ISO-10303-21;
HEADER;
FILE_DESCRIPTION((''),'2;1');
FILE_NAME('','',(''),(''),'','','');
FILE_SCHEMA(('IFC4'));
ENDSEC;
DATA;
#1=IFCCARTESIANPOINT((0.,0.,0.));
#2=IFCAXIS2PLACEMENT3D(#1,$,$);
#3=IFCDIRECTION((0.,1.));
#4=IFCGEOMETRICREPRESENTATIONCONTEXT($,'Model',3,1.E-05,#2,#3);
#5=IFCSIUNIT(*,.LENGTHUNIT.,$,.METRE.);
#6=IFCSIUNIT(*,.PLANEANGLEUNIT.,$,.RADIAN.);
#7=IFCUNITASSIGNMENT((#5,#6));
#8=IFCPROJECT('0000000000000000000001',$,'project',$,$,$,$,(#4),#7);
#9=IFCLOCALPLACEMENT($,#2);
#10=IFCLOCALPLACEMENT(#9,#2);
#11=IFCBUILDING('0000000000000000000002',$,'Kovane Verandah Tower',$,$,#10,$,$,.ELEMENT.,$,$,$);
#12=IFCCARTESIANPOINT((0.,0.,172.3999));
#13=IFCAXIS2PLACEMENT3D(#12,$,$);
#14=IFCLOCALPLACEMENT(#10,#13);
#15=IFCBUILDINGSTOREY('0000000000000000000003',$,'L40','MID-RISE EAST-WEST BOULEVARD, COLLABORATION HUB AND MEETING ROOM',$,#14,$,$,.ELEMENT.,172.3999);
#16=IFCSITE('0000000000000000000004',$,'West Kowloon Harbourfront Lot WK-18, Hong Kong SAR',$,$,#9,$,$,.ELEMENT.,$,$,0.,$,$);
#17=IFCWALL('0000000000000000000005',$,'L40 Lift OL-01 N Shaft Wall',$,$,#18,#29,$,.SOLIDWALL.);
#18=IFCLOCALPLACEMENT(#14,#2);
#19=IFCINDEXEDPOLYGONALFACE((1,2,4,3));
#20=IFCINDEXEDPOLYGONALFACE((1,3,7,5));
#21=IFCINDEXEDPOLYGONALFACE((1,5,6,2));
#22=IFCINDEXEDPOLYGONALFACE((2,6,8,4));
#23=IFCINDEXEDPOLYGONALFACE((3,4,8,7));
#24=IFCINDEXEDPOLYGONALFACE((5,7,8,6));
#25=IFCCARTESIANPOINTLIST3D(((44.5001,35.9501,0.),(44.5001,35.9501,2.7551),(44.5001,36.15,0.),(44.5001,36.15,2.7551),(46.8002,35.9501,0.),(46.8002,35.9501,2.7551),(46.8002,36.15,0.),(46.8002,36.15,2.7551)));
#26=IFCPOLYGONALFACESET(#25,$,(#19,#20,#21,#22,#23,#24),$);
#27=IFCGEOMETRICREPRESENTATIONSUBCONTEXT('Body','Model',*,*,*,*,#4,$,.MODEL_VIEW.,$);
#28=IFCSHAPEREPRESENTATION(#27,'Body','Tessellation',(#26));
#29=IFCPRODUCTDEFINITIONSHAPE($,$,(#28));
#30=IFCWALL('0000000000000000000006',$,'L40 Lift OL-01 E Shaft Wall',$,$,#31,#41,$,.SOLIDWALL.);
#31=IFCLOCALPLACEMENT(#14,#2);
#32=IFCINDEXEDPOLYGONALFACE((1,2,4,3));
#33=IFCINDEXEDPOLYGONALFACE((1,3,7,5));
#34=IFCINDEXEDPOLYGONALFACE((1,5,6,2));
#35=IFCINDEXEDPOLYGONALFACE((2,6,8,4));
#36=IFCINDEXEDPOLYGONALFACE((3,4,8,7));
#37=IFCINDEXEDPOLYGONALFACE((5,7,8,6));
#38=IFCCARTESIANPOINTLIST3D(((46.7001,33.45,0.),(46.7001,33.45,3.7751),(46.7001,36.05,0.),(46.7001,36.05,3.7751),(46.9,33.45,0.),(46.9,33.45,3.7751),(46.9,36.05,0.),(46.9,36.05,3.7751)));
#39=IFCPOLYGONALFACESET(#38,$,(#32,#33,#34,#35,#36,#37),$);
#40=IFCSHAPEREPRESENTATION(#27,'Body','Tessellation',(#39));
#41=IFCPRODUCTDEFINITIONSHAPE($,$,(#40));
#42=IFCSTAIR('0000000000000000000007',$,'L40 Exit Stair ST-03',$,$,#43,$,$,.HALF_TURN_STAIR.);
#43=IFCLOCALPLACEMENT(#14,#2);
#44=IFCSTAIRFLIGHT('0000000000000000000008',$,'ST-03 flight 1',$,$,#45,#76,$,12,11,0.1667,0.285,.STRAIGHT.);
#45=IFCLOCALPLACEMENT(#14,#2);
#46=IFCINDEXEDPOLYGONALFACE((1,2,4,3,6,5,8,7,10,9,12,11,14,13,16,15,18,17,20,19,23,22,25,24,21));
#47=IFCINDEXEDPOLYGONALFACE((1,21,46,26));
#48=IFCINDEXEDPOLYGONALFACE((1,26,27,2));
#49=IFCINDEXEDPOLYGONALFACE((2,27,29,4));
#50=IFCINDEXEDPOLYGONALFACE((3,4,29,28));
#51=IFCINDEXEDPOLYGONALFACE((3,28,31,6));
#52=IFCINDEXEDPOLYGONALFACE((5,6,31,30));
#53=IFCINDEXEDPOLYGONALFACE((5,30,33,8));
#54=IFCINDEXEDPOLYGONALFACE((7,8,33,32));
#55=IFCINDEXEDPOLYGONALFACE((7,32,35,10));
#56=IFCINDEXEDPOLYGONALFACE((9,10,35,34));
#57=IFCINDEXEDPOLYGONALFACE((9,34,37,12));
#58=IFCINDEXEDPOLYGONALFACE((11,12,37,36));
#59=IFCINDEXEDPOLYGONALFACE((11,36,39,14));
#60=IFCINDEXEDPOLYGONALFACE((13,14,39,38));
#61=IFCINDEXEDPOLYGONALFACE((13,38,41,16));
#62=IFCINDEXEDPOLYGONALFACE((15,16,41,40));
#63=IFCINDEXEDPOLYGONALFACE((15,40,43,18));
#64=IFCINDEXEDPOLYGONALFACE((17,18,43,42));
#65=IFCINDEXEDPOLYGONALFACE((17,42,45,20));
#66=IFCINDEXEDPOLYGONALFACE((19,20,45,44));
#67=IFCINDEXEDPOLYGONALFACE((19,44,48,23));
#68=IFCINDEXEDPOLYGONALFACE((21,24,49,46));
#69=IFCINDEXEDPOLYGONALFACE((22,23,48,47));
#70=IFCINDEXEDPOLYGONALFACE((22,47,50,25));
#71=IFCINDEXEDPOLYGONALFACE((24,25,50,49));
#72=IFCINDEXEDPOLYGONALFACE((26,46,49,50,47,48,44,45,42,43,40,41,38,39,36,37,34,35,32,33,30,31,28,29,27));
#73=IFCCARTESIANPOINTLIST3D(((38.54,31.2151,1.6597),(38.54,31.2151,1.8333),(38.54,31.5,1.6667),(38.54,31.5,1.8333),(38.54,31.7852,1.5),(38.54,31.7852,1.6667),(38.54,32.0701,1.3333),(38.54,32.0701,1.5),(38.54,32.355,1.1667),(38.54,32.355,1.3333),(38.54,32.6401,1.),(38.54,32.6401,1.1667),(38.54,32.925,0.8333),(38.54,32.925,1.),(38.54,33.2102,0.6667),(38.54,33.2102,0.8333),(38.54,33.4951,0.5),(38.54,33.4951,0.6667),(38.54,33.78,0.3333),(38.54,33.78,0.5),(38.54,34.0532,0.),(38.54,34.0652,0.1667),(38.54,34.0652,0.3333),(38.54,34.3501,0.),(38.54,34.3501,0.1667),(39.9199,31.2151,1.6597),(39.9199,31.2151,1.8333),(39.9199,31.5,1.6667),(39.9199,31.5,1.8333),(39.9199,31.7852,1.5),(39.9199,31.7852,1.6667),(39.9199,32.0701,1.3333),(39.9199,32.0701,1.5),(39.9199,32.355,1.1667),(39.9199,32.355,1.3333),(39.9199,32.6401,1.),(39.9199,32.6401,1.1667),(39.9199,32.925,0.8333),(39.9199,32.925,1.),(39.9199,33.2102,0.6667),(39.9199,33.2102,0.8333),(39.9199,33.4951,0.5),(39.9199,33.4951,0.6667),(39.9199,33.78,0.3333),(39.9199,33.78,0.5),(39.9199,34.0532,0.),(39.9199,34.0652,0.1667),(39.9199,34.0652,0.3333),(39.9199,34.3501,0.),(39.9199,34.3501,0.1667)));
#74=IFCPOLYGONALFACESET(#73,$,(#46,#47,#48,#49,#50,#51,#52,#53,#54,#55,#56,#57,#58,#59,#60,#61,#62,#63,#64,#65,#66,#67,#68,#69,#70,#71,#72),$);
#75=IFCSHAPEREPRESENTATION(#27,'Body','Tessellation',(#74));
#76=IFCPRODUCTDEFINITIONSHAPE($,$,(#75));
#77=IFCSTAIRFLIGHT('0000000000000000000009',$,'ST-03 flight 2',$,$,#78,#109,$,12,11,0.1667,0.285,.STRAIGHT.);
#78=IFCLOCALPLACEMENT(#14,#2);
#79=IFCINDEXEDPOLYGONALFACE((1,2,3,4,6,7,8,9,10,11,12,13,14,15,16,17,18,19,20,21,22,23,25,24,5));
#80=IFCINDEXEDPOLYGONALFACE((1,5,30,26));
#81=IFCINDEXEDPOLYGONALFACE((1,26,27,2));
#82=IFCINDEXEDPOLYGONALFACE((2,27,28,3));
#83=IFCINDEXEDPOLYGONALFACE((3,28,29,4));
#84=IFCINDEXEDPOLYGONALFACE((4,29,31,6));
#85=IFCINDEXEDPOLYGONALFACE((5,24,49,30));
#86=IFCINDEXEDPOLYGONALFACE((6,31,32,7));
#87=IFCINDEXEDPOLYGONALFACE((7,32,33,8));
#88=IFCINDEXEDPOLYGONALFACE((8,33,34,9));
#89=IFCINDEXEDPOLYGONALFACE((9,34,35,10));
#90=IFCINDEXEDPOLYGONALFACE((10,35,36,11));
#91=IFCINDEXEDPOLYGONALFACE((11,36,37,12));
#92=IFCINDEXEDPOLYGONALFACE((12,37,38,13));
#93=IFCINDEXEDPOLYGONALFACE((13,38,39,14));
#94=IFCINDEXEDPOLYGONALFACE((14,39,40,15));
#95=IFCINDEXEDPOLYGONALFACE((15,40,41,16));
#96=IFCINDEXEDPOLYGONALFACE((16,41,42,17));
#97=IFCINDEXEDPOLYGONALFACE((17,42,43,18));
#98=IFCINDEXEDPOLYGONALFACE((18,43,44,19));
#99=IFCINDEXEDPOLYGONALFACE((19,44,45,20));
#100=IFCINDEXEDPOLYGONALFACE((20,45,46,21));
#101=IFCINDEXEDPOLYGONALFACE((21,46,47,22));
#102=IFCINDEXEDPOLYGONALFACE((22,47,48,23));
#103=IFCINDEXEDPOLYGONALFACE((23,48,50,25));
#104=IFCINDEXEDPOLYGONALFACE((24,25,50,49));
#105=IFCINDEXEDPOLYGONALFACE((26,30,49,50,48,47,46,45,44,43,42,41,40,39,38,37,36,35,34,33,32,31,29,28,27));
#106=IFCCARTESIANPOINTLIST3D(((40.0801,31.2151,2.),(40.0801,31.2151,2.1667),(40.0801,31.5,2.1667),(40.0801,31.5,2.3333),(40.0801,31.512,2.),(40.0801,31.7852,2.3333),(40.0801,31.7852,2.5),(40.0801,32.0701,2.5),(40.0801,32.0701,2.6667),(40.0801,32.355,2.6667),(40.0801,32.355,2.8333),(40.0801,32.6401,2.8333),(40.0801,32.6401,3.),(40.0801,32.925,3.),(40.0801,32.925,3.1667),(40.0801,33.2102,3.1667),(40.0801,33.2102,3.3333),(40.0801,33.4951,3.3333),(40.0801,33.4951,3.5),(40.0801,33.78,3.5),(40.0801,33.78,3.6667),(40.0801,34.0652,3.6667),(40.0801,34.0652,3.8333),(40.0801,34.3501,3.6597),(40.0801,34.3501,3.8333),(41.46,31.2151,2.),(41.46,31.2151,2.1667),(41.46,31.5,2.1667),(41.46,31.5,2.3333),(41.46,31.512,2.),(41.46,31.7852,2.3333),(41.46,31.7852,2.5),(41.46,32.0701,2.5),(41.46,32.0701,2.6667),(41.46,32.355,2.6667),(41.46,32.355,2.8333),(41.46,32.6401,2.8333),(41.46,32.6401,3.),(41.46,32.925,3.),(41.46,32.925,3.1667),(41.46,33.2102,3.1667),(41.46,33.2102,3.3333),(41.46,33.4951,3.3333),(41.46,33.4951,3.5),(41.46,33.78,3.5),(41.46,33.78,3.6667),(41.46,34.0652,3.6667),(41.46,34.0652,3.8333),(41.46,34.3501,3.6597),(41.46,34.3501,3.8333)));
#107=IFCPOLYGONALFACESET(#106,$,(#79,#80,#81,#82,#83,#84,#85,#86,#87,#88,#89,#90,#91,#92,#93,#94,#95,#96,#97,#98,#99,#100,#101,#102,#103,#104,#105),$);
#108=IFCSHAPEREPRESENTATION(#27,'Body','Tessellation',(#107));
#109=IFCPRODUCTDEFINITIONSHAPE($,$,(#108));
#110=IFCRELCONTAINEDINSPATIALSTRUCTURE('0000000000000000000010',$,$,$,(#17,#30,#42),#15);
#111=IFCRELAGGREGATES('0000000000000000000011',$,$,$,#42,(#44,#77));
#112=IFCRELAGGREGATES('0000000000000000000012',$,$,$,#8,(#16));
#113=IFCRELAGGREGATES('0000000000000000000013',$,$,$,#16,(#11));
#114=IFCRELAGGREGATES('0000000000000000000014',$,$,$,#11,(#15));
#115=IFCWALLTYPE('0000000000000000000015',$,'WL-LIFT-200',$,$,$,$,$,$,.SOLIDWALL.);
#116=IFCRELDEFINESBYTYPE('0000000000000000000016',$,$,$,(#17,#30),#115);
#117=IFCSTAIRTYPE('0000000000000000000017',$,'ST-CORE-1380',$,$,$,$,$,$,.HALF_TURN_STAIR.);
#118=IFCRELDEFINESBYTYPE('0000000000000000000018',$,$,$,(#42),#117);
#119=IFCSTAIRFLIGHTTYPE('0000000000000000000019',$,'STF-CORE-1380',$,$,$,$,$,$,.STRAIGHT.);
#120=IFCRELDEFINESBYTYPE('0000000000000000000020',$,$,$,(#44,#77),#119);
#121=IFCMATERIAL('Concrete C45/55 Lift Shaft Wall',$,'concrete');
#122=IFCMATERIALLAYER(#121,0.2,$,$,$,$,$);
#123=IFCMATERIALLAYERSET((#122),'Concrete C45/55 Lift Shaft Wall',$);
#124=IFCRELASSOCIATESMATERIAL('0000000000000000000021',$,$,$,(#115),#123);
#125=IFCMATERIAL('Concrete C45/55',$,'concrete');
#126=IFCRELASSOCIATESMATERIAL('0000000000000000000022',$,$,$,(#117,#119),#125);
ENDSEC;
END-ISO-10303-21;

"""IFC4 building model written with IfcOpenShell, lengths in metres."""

from ifc_helpers import new_model, si_unit, direction, frame, frame_2d, origin, place, context, subcontext, project, spatial, polyline, rectangle, outline, extrude, material, layer, layer_set, type_object, element, aggregate, save


model = new_model("IFC4")

# Units and contexts
model_context = context("Model", 3, precision=1e-05, world=origin(), true_north=direction((0.0, 1.0)))
body_context = subcontext(model_context, "Body", "Model", "MODEL_VIEW")
ifc_project = project(units=[si_unit("LENGTHUNIT", "METRE"), si_unit("PLANEANGLEUNIT", "RADIAN")], contexts=[model_context])

# Site, building, storey
site_placement = place(None, origin())
site = spatial("IfcSite", under=ifc_project, at=site_placement, Name="West Kowloon Harbourfront Lot WK-18, Hong Kong SAR", CompositionType="ELEMENT", RefElevation=0.0)
building_placement = place(site_placement, origin())
building = spatial("IfcBuilding", under=site, at=building_placement, Name="Kovane Verandah Tower", CompositionType="ELEMENT")
storey_placement = place(building_placement, frame((0.0, 0.0, 172.3999)))
storey = spatial("IfcBuildingStorey", under=building, at=storey_placement, Name="L40", Description="MID-RISE EAST-WEST BOULEVARD, COLLABORATION HUB AND MEETING ROOM", CompositionType="ELEMENT", Elevation=172.3999)

# Walls
ifc_material_1 = material(Name="Concrete C45/55 Lift Shaft Wall", Category="concrete")
ifc_layer_1 = layer(ifc_material_1, 0.2)
ifc_layer_set_1 = layer_set([ifc_layer_1], Name="Concrete C45/55 Lift Shaft Wall")
wall_type_1 = type_object("IfcWallType", Name="WL-LIFT-200", PredefinedType="SOLIDWALL", material=ifc_layer_set_1)
wall_1_placement = place(storey_placement, frame((46.8, 36.05, 0.0), z_axis=(0.0, 0.0, 1.0), x_axis=(-1.0, 0.0, 0.0)))
element("IfcWall", 1, at=wall_1_placement, inside=storey, type_object=wall_type_1, Name="L40 Lift OL-01 N Shaft Wall", PredefinedType="SOLIDWALL", context=body_context, shape_type="SweptSolid", body=[
    extrude(rectangle(XDim=2.3, YDim=0.2, at=frame_2d((1.1499, 0.0))), origin(), (0.0, 0.0, 1.0), 2.7551),
])
wall_2_placement = place(storey_placement, frame((46.8, 33.45, 0.0), z_axis=(0.0, 0.0, 1.0), x_axis=(0.0, 1.0, 0.0)))
element("IfcWall", 2, at=wall_2_placement, inside=storey, type_object=wall_type_1, Name="L40 Lift OL-01 E Shaft Wall", PredefinedType="SOLIDWALL", context=body_context, shape_type="SweptSolid", body=[
    extrude(rectangle(XDim=2.6001, YDim=0.2, at=frame_2d((1.3, 0.0))), origin(), (0.0, 0.0, 1.0), 3.7751),
])

# Stair, stair flights
ifc_material_2 = material(Name="Concrete C45/55", Category="concrete")
stair_type = type_object("IfcStairType", Name="ST-CORE-1380", PredefinedType="HALF_TURN_STAIR", material=ifc_material_2)
stair_placement = place(storey_placement, origin())
stair = element("IfcStair", 3, at=stair_placement, inside=storey, type_object=stair_type, Name="L40 Exit Stair ST-03", PredefinedType="HALF_TURN_STAIR")
stair_flight_type = type_object("IfcStairFlightType", Name="STF-CORE-1380", PredefinedType="STRAIGHT", material=ifc_material_2)
stair_flight_1_placement = place(storey_placement, frame((39.23, 34.3501, 0.0), z_axis=(0.0, 0.0, 1.0), x_axis=(0.0, -1.0, 0.0)))
stair_flight_1 = element("IfcStairFlight", 4, at=stair_flight_1_placement, type_object=stair_flight_type, Name="ST-03 flight 1", NumberOfRisers=12, NumberOfTreads=11, PredefinedType="STRAIGHT", RiserHeight=0.1667, TreadLength=0.285, context=body_context, shape_type="SweptSolid", body=[
    extrude(outline(polyline([(0.0, 0.0), (0.0, 0.1667), (0.2849, 0.1667), (0.2849, 0.3333), (0.5701, 0.3333), (0.5701, 0.5), (0.855, 0.5), (0.855, 0.6667), (1.1399, 0.6667), (1.1399, 0.8333), (1.425, 0.8333), (1.425, 1.0), (1.71, 1.0), (1.71, 1.1667), (1.9951, 1.1667), (1.9951, 1.3333), (2.28, 1.3333), (2.28, 1.5), (2.5649, 1.5), (2.5649, 1.6667), (2.8501, 1.6667), (2.8501, 1.8333), (3.135, 1.8333), (3.135, 2.0), (3.135, 1.6597), (0.2969, 0.0), (0.0, 0.0)])), frame((0.0, 0.6899, 0.0), z_axis=(0.0, -1.0, 0.0), x_axis=(1.0, 0.0, 0.0)), (0.0, 0.0, 1.0), 1.3799),
])
stair_flight_2_placement = place(storey_placement, frame((40.77, 31.2151, 2.0), z_axis=(0.0, 0.0, 1.0), x_axis=(0.0, 1.0, 0.0)))
stair_flight_2 = element("IfcStairFlight", 5, at=stair_flight_2_placement, type_object=stair_flight_type, Name="ST-03 flight 2", NumberOfRisers=12, NumberOfTreads=11, PredefinedType="STRAIGHT", RiserHeight=0.1667, TreadLength=0.285, context=body_context, shape_type="SweptSolid", body=[
    extrude(outline(polyline([(0.0, 0.0), (0.0, 0.1667), (0.2849, 0.1667), (0.2849, 0.3333), (0.5701, 0.3333), (0.5701, 0.5), (0.855, 0.5), (0.855, 0.6667), (1.1399, 0.6667), (1.1399, 0.8333), (1.425, 0.8333), (1.425, 1.0), (1.71, 1.0), (1.71, 1.1667), (1.9951, 1.1667), (1.9951, 1.3333), (2.28, 1.3333), (2.28, 1.5), (2.5649, 1.5), (2.5649, 1.6667), (2.8501, 1.6667), (2.8501, 1.8333), (3.135, 1.8333), (3.135, 2.0), (3.135, 1.6597), (0.2969, 0.0), (0.0, 0.0)])), frame((0.0, 0.6899, 0.0), z_axis=(0.0, -1.0, 0.0), x_axis=(1.0, 0.0, 0.0)), (0.0, 0.0, 1.0), 1.3799),
])
aggregate(stair, [stair_flight_1, stair_flight_2])

save(model, "model.ifc")
